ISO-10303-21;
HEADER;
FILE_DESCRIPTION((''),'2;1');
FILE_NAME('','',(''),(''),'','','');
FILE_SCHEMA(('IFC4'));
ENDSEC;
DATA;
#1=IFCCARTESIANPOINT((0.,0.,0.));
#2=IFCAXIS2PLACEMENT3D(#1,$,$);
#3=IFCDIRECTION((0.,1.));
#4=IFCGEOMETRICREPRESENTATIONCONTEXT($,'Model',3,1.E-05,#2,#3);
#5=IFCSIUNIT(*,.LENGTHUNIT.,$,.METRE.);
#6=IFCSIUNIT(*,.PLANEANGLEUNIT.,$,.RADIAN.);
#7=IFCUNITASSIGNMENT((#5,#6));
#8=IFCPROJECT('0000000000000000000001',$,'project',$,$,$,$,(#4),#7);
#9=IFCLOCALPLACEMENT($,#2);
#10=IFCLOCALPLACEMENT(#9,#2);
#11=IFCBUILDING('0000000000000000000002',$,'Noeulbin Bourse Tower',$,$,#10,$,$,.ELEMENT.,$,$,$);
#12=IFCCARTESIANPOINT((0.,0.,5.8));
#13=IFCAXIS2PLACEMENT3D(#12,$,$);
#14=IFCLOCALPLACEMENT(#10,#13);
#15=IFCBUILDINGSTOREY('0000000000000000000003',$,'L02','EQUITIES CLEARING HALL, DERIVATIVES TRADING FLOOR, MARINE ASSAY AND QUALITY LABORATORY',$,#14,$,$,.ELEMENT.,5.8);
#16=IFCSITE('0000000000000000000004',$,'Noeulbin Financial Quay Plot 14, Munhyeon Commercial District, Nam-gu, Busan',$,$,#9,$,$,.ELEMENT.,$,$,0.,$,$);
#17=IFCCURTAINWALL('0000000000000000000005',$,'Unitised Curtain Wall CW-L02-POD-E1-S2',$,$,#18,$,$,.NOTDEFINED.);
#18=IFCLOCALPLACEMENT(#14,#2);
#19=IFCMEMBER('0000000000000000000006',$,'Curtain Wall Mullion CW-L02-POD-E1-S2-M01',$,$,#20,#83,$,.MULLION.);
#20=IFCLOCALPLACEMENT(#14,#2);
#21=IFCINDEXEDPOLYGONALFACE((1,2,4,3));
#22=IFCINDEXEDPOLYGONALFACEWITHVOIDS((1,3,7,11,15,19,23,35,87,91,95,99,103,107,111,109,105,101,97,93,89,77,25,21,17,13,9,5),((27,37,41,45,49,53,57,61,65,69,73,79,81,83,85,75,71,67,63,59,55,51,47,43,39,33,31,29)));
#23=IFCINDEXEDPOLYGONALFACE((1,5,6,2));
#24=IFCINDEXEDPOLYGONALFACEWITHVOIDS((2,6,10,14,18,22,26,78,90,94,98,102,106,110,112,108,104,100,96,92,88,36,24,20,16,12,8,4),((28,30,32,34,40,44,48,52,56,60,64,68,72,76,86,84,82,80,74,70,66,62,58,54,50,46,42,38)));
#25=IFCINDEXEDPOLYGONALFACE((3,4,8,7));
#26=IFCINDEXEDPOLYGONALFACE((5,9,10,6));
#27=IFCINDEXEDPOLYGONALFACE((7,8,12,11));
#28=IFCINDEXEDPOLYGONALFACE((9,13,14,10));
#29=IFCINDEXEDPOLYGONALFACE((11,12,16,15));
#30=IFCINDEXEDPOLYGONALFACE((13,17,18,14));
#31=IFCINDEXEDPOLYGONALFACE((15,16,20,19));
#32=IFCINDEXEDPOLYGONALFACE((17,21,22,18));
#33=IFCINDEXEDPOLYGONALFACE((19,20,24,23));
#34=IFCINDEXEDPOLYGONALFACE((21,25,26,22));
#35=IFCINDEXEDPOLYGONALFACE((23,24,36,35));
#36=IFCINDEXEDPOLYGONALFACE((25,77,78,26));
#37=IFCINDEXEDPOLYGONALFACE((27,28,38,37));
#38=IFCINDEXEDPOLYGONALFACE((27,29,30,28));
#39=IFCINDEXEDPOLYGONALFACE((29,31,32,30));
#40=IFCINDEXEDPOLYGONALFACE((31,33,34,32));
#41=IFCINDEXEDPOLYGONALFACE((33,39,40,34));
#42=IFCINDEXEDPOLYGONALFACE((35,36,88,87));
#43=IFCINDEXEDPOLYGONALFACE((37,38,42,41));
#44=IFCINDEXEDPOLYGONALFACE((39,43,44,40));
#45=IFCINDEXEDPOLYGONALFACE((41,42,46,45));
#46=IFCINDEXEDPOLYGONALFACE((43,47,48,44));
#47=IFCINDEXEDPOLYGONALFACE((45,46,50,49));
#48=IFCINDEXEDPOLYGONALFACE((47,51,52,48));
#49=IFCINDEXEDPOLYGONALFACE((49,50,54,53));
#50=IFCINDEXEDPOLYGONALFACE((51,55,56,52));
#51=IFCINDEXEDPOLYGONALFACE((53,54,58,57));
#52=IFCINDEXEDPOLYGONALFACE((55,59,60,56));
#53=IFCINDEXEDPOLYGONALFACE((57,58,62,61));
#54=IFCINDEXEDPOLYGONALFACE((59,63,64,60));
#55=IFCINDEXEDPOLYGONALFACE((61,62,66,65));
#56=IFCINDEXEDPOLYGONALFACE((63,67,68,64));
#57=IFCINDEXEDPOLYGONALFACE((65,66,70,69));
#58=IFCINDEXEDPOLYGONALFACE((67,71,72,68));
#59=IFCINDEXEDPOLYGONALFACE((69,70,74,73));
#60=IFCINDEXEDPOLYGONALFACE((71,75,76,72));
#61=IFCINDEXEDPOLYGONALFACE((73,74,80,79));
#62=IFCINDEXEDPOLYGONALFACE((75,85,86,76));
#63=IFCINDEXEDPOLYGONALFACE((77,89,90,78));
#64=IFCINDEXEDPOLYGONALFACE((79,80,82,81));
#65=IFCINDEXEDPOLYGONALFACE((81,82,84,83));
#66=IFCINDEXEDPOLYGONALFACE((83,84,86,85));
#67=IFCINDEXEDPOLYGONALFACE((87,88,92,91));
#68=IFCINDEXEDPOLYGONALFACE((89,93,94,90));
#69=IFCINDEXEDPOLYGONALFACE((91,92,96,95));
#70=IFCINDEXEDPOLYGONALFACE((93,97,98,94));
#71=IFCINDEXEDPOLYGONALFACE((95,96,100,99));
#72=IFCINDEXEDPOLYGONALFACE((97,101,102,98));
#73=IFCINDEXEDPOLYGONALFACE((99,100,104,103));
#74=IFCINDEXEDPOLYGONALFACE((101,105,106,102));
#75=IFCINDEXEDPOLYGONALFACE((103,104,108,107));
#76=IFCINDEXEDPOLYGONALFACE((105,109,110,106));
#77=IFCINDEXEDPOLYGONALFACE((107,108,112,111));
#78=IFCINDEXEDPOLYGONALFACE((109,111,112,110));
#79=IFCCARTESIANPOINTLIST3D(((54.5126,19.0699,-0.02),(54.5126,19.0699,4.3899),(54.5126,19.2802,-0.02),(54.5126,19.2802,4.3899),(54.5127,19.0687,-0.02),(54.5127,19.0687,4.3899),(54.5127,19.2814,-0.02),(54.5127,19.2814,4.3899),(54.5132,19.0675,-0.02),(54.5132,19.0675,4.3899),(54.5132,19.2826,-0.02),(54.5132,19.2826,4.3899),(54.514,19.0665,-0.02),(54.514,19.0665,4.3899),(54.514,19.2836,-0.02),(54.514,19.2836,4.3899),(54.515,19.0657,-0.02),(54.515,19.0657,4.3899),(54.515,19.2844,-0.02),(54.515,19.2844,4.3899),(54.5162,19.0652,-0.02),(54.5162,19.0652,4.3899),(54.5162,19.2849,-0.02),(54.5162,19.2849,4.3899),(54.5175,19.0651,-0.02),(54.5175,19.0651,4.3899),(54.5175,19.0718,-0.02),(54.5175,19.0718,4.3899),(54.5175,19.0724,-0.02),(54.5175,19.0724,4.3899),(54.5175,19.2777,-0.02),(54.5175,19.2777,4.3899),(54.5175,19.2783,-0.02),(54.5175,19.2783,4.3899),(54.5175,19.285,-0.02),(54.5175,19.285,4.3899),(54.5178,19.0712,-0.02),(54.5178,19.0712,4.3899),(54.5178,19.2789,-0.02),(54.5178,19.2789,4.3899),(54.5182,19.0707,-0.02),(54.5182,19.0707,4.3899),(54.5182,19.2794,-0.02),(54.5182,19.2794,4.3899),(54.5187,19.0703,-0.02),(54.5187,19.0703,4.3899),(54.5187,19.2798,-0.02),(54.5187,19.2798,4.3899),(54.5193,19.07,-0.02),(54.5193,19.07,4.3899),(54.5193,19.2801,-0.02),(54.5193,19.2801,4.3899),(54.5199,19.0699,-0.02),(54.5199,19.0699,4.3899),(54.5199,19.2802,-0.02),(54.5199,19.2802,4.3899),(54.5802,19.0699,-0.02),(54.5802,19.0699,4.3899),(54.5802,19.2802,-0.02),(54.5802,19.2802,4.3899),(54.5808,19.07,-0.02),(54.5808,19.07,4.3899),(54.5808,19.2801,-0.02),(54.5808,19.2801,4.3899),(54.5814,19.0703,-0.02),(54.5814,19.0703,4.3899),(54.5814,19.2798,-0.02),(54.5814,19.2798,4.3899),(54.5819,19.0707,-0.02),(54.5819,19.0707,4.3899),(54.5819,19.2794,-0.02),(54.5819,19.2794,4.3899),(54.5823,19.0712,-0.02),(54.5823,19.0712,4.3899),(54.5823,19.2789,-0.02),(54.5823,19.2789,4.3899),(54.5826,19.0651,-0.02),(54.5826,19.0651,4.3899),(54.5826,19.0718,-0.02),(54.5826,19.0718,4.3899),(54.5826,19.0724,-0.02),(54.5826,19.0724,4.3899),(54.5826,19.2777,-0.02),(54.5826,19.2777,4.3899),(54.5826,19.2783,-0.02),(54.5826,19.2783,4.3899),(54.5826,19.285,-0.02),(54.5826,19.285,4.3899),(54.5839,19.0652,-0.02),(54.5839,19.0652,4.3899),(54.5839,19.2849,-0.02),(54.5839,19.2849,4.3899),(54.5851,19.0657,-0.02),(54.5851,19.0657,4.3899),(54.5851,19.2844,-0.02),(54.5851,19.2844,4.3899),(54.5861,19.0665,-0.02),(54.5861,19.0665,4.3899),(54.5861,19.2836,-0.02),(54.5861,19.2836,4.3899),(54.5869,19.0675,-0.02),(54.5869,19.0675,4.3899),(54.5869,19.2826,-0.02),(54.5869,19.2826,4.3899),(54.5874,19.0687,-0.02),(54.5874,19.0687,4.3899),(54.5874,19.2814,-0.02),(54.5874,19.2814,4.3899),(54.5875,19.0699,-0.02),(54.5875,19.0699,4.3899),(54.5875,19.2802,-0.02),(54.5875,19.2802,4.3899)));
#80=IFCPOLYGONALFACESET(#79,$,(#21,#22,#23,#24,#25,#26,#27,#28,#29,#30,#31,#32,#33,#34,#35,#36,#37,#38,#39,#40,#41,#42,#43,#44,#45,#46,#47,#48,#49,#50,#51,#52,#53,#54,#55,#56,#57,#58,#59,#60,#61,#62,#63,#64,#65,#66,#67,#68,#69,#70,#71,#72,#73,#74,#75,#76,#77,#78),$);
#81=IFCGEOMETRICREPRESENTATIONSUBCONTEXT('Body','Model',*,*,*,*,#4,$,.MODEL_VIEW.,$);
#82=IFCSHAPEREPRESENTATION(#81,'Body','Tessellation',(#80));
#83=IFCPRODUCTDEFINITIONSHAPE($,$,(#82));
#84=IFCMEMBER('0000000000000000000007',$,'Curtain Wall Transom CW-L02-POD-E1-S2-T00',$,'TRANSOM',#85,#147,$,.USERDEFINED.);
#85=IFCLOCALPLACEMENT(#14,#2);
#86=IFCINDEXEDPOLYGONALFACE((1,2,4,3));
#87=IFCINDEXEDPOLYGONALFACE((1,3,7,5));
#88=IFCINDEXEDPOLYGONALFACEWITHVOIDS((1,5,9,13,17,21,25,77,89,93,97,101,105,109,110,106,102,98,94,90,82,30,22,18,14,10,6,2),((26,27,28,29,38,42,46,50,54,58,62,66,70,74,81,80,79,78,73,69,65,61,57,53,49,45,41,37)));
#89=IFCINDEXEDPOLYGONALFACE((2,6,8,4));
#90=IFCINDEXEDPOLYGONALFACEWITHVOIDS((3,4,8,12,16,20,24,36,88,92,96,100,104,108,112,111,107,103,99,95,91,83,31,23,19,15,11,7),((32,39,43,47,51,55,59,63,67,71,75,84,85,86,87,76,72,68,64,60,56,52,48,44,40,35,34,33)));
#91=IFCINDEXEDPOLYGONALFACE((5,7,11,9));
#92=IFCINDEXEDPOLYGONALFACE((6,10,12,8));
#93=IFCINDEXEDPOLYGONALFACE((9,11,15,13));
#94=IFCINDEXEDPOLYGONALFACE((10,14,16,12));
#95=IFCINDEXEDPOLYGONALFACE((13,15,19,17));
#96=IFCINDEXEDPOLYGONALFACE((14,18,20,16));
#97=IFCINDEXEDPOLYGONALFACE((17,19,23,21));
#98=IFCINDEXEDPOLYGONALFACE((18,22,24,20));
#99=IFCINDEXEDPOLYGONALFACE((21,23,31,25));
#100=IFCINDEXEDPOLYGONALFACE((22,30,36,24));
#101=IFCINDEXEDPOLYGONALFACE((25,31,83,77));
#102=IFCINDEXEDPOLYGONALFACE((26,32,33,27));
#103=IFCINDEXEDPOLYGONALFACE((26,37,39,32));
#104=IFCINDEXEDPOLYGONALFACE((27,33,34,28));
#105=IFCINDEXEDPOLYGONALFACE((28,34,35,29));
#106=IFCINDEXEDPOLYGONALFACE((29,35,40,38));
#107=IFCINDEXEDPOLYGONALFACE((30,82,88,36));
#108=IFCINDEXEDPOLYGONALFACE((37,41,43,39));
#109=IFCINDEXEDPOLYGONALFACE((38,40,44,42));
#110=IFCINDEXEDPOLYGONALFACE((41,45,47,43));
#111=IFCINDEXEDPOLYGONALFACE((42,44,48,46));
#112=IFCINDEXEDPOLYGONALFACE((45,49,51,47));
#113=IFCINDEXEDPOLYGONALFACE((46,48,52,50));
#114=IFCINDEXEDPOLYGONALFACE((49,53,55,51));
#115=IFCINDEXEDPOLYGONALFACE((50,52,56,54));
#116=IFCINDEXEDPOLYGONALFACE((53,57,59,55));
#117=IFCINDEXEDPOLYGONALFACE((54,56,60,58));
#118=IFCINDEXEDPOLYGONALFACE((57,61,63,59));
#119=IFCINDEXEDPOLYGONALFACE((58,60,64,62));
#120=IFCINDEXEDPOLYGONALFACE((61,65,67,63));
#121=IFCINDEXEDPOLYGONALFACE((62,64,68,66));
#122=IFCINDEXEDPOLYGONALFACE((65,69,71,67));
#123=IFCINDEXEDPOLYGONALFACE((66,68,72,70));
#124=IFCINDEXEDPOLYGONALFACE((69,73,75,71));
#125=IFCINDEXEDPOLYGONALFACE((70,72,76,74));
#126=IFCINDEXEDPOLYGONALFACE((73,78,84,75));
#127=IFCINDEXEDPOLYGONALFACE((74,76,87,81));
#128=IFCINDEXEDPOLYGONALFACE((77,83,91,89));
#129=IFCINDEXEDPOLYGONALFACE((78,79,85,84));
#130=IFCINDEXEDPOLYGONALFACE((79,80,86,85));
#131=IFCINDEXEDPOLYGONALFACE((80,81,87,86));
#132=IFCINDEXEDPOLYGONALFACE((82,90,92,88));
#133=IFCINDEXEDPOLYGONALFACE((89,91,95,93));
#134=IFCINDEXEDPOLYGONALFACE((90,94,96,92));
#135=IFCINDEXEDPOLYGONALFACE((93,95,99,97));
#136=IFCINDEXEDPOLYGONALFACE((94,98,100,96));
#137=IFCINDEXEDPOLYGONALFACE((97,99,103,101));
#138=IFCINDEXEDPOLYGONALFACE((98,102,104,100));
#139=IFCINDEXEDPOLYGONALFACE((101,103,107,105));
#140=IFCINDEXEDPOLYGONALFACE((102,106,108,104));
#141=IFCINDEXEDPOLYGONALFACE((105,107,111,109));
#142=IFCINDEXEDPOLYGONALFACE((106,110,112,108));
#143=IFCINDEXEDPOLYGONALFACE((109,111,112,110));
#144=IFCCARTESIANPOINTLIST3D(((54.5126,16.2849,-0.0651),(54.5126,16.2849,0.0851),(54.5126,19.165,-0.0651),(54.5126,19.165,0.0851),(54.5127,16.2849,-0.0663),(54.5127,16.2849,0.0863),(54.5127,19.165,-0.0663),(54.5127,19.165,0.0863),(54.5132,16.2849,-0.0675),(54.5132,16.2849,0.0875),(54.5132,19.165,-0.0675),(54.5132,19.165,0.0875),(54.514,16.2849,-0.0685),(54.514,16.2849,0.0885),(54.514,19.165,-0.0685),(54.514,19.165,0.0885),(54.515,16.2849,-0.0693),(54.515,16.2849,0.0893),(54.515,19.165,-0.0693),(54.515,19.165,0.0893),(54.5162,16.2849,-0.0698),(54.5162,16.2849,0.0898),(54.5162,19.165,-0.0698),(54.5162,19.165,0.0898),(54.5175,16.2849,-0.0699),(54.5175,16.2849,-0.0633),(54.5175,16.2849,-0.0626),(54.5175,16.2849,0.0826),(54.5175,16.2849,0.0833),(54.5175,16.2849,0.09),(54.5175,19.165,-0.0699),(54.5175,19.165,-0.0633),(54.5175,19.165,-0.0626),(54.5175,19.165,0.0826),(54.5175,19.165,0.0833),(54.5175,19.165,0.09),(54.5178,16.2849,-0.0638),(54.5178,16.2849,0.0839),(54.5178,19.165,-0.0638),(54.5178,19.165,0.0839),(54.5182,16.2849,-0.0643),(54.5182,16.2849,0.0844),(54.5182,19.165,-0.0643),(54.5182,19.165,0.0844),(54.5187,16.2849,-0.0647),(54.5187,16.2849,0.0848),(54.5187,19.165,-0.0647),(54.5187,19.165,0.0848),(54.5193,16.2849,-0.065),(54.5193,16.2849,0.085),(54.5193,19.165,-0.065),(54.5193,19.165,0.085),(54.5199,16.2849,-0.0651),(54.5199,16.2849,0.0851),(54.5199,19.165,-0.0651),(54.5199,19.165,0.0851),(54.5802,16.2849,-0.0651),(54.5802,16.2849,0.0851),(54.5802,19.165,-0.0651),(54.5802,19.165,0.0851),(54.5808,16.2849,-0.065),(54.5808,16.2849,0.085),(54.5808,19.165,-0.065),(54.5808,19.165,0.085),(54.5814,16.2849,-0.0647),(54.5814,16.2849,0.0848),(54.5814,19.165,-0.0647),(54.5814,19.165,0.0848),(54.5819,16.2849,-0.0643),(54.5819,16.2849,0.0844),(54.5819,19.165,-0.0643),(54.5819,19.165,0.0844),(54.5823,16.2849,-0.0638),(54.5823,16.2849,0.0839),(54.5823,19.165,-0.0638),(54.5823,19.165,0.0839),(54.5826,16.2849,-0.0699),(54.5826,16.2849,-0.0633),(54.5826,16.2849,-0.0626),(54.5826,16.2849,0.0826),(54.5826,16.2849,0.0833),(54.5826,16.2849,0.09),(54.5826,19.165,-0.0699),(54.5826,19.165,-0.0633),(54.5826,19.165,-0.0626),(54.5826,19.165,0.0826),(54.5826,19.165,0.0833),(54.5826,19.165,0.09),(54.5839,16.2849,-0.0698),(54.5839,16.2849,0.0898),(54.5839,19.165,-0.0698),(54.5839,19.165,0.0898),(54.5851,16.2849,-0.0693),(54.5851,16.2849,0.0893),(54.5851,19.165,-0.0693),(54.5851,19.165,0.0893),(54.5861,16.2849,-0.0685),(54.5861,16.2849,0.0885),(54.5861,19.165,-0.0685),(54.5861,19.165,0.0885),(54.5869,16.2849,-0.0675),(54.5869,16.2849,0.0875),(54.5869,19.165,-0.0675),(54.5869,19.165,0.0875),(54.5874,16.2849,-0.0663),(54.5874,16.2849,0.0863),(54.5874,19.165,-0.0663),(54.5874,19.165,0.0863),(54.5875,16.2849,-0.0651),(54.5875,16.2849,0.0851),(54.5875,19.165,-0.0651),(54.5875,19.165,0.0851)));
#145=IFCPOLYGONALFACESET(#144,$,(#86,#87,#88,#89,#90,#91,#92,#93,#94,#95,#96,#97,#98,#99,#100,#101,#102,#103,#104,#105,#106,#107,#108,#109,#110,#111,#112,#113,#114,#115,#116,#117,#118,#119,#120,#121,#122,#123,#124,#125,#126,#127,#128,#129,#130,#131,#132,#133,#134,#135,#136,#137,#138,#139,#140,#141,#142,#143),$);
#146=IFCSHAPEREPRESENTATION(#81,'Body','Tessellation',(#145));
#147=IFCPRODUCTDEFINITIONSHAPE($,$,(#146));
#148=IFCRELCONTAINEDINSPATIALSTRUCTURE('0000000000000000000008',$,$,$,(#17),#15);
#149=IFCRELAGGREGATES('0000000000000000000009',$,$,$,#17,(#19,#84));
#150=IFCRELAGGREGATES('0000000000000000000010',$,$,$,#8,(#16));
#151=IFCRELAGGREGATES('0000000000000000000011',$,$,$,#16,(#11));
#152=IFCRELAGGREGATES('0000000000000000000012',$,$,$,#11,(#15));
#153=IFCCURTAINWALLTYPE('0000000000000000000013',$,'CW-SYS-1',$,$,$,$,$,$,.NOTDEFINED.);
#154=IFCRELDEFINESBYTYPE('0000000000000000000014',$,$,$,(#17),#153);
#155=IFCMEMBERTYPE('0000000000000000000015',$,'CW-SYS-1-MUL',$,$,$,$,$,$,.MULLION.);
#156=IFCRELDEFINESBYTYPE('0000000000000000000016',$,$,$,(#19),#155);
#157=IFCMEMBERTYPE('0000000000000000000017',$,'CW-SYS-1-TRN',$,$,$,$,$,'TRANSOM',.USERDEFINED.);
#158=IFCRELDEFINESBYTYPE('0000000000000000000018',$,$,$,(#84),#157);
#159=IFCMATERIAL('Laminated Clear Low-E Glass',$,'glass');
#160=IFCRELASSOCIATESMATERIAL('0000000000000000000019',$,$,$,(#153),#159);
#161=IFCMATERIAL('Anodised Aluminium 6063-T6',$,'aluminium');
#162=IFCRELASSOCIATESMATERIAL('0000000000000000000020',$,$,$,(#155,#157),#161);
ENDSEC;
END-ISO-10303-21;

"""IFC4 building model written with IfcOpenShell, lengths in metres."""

from ifc_helpers import new_model, si_unit, direction, frame, origin, origin_2d, place, context, subcontext, project, spatial, hollow_rectangle, extrude, material, material_profile, profile_set, type_object, element, aggregate, save


model = new_model("IFC4")

# Units and contexts
model_context = context("Model", 3, precision=1e-05, world=origin(), true_north=direction((0.0, 1.0)))
body_context = subcontext(model_context, "Body", "Model", "MODEL_VIEW")
ifc_project = project(units=[si_unit("LENGTHUNIT", "METRE"), si_unit("PLANEANGLEUNIT", "RADIAN")], contexts=[model_context])

# Site, building, storey
site_placement = place(None, origin())
site = spatial("IfcSite", under=ifc_project, at=site_placement, Name="Noeulbin Financial Quay Plot 14, Munhyeon Commercial District, Nam-gu, Busan", CompositionType="ELEMENT", RefElevation=0.0)
building_placement = place(site_placement, origin())
building = spatial("IfcBuilding", under=site, at=building_placement, Name="Noeulbin Bourse Tower", CompositionType="ELEMENT")
storey_placement = place(building_placement, frame((0.0, 0.0, 5.8)))
storey = spatial("IfcBuildingStorey", under=building, at=storey_placement, Name="L02", Description="EQUITIES CLEARING HALL, DERIVATIVES TRADING FLOOR, MARINE ASSAY AND QUALITY LABORATORY", CompositionType="ELEMENT", Elevation=5.8)

# Curtain wall, members
ifc_material_1 = material(Name="Laminated Clear Low-E Glass", Category="glass")
curtain_wall_type = type_object("IfcCurtainWallType", Name="CW-SYS-1", PredefinedType="NOTDEFINED", material=ifc_material_1)
curtain_wall_placement = place(storey_placement, origin())
curtain_wall = element("IfcCurtainWall", 1, at=curtain_wall_placement, inside=storey, type_object=curtain_wall_type, Name="Unitised Curtain Wall CW-L02-POD-E1-S2", PredefinedType="NOTDEFINED")
ifc_material_2 = material(Name="Anodised Aluminium 6063-T6", Category="aluminium")
ifc_material_profile_1 = material_profile(ifc_material_2, hollow_rectangle(XDim=0.075, YDim=0.22, WallThickness=0.0049, InnerFilletRadius=0.0024, OuterFilletRadius=0.0049, at=origin_2d()), Name="ALU-MULL-75x220x5", Category="LoadBearing")
ifc_profile_set_1 = profile_set([ifc_material_profile_1], Name="Anodised Aluminium 6063-T6")
member_type_1 = type_object("IfcMemberType", Name="CW-SYS-1-MUL", PredefinedType="MULLION", material=ifc_profile_set_1)
member_1_placement = place(storey_placement, frame((54.55, 19.175, -0.02), z_axis=(0.0, 0.0, 1.0), x_axis=(1.0, 0.0, 0.0)))
member_1 = element("IfcMember", 2, at=member_1_placement, type_object=member_type_1, Name="Curtain Wall Mullion CW-L02-POD-E1-S2-M01", PredefinedType="MULLION", context=body_context, shape_type="SweptSolid", body=[
    extrude(hollow_rectangle(XDim=0.075, YDim=0.22, WallThickness=0.0049, InnerFilletRadius=0.0024, OuterFilletRadius=0.0049, at=origin_2d()), origin(), (0.0, 0.0, 1.0), 4.4099),
])
ifc_material_profile_2 = material_profile(ifc_material_2, hollow_rectangle(XDim=0.075, YDim=0.1599, WallThickness=0.0049, InnerFilletRadius=0.0024, OuterFilletRadius=0.0049, at=origin_2d()), Name="ALU-TRAN-75x160x5", Category="LoadBearing")
ifc_profile_set_2 = profile_set([ifc_material_profile_2], Name="Anodised Aluminium 6063-T6")
member_type_2 = type_object("IfcMemberType", Name="CW-SYS-1-TRN", ElementType="TRANSOM", PredefinedType="USERDEFINED", material=ifc_profile_set_2)
member_2_placement = place(storey_placement, frame((54.55, 16.2849, 0.01), z_axis=(0.0, 1.0, 0.0), x_axis=(-1.0, 0.0, 0.0)))
member_2 = element("IfcMember", 3, at=member_2_placement, type_object=member_type_2, Name="Curtain Wall Transom CW-L02-POD-E1-S2-T00", ObjectType="TRANSOM", PredefinedType="USERDEFINED", context=body_context, shape_type="SweptSolid", body=[
    extrude(hollow_rectangle(XDim=0.075, YDim=0.1599, WallThickness=0.0049, InnerFilletRadius=0.0024, OuterFilletRadius=0.0049, at=origin_2d()), origin(), (0.0, 0.0, 1.0), 2.8801),
])
aggregate(curtain_wall, [member_1, member_2])

save(model, "model.ifc")
